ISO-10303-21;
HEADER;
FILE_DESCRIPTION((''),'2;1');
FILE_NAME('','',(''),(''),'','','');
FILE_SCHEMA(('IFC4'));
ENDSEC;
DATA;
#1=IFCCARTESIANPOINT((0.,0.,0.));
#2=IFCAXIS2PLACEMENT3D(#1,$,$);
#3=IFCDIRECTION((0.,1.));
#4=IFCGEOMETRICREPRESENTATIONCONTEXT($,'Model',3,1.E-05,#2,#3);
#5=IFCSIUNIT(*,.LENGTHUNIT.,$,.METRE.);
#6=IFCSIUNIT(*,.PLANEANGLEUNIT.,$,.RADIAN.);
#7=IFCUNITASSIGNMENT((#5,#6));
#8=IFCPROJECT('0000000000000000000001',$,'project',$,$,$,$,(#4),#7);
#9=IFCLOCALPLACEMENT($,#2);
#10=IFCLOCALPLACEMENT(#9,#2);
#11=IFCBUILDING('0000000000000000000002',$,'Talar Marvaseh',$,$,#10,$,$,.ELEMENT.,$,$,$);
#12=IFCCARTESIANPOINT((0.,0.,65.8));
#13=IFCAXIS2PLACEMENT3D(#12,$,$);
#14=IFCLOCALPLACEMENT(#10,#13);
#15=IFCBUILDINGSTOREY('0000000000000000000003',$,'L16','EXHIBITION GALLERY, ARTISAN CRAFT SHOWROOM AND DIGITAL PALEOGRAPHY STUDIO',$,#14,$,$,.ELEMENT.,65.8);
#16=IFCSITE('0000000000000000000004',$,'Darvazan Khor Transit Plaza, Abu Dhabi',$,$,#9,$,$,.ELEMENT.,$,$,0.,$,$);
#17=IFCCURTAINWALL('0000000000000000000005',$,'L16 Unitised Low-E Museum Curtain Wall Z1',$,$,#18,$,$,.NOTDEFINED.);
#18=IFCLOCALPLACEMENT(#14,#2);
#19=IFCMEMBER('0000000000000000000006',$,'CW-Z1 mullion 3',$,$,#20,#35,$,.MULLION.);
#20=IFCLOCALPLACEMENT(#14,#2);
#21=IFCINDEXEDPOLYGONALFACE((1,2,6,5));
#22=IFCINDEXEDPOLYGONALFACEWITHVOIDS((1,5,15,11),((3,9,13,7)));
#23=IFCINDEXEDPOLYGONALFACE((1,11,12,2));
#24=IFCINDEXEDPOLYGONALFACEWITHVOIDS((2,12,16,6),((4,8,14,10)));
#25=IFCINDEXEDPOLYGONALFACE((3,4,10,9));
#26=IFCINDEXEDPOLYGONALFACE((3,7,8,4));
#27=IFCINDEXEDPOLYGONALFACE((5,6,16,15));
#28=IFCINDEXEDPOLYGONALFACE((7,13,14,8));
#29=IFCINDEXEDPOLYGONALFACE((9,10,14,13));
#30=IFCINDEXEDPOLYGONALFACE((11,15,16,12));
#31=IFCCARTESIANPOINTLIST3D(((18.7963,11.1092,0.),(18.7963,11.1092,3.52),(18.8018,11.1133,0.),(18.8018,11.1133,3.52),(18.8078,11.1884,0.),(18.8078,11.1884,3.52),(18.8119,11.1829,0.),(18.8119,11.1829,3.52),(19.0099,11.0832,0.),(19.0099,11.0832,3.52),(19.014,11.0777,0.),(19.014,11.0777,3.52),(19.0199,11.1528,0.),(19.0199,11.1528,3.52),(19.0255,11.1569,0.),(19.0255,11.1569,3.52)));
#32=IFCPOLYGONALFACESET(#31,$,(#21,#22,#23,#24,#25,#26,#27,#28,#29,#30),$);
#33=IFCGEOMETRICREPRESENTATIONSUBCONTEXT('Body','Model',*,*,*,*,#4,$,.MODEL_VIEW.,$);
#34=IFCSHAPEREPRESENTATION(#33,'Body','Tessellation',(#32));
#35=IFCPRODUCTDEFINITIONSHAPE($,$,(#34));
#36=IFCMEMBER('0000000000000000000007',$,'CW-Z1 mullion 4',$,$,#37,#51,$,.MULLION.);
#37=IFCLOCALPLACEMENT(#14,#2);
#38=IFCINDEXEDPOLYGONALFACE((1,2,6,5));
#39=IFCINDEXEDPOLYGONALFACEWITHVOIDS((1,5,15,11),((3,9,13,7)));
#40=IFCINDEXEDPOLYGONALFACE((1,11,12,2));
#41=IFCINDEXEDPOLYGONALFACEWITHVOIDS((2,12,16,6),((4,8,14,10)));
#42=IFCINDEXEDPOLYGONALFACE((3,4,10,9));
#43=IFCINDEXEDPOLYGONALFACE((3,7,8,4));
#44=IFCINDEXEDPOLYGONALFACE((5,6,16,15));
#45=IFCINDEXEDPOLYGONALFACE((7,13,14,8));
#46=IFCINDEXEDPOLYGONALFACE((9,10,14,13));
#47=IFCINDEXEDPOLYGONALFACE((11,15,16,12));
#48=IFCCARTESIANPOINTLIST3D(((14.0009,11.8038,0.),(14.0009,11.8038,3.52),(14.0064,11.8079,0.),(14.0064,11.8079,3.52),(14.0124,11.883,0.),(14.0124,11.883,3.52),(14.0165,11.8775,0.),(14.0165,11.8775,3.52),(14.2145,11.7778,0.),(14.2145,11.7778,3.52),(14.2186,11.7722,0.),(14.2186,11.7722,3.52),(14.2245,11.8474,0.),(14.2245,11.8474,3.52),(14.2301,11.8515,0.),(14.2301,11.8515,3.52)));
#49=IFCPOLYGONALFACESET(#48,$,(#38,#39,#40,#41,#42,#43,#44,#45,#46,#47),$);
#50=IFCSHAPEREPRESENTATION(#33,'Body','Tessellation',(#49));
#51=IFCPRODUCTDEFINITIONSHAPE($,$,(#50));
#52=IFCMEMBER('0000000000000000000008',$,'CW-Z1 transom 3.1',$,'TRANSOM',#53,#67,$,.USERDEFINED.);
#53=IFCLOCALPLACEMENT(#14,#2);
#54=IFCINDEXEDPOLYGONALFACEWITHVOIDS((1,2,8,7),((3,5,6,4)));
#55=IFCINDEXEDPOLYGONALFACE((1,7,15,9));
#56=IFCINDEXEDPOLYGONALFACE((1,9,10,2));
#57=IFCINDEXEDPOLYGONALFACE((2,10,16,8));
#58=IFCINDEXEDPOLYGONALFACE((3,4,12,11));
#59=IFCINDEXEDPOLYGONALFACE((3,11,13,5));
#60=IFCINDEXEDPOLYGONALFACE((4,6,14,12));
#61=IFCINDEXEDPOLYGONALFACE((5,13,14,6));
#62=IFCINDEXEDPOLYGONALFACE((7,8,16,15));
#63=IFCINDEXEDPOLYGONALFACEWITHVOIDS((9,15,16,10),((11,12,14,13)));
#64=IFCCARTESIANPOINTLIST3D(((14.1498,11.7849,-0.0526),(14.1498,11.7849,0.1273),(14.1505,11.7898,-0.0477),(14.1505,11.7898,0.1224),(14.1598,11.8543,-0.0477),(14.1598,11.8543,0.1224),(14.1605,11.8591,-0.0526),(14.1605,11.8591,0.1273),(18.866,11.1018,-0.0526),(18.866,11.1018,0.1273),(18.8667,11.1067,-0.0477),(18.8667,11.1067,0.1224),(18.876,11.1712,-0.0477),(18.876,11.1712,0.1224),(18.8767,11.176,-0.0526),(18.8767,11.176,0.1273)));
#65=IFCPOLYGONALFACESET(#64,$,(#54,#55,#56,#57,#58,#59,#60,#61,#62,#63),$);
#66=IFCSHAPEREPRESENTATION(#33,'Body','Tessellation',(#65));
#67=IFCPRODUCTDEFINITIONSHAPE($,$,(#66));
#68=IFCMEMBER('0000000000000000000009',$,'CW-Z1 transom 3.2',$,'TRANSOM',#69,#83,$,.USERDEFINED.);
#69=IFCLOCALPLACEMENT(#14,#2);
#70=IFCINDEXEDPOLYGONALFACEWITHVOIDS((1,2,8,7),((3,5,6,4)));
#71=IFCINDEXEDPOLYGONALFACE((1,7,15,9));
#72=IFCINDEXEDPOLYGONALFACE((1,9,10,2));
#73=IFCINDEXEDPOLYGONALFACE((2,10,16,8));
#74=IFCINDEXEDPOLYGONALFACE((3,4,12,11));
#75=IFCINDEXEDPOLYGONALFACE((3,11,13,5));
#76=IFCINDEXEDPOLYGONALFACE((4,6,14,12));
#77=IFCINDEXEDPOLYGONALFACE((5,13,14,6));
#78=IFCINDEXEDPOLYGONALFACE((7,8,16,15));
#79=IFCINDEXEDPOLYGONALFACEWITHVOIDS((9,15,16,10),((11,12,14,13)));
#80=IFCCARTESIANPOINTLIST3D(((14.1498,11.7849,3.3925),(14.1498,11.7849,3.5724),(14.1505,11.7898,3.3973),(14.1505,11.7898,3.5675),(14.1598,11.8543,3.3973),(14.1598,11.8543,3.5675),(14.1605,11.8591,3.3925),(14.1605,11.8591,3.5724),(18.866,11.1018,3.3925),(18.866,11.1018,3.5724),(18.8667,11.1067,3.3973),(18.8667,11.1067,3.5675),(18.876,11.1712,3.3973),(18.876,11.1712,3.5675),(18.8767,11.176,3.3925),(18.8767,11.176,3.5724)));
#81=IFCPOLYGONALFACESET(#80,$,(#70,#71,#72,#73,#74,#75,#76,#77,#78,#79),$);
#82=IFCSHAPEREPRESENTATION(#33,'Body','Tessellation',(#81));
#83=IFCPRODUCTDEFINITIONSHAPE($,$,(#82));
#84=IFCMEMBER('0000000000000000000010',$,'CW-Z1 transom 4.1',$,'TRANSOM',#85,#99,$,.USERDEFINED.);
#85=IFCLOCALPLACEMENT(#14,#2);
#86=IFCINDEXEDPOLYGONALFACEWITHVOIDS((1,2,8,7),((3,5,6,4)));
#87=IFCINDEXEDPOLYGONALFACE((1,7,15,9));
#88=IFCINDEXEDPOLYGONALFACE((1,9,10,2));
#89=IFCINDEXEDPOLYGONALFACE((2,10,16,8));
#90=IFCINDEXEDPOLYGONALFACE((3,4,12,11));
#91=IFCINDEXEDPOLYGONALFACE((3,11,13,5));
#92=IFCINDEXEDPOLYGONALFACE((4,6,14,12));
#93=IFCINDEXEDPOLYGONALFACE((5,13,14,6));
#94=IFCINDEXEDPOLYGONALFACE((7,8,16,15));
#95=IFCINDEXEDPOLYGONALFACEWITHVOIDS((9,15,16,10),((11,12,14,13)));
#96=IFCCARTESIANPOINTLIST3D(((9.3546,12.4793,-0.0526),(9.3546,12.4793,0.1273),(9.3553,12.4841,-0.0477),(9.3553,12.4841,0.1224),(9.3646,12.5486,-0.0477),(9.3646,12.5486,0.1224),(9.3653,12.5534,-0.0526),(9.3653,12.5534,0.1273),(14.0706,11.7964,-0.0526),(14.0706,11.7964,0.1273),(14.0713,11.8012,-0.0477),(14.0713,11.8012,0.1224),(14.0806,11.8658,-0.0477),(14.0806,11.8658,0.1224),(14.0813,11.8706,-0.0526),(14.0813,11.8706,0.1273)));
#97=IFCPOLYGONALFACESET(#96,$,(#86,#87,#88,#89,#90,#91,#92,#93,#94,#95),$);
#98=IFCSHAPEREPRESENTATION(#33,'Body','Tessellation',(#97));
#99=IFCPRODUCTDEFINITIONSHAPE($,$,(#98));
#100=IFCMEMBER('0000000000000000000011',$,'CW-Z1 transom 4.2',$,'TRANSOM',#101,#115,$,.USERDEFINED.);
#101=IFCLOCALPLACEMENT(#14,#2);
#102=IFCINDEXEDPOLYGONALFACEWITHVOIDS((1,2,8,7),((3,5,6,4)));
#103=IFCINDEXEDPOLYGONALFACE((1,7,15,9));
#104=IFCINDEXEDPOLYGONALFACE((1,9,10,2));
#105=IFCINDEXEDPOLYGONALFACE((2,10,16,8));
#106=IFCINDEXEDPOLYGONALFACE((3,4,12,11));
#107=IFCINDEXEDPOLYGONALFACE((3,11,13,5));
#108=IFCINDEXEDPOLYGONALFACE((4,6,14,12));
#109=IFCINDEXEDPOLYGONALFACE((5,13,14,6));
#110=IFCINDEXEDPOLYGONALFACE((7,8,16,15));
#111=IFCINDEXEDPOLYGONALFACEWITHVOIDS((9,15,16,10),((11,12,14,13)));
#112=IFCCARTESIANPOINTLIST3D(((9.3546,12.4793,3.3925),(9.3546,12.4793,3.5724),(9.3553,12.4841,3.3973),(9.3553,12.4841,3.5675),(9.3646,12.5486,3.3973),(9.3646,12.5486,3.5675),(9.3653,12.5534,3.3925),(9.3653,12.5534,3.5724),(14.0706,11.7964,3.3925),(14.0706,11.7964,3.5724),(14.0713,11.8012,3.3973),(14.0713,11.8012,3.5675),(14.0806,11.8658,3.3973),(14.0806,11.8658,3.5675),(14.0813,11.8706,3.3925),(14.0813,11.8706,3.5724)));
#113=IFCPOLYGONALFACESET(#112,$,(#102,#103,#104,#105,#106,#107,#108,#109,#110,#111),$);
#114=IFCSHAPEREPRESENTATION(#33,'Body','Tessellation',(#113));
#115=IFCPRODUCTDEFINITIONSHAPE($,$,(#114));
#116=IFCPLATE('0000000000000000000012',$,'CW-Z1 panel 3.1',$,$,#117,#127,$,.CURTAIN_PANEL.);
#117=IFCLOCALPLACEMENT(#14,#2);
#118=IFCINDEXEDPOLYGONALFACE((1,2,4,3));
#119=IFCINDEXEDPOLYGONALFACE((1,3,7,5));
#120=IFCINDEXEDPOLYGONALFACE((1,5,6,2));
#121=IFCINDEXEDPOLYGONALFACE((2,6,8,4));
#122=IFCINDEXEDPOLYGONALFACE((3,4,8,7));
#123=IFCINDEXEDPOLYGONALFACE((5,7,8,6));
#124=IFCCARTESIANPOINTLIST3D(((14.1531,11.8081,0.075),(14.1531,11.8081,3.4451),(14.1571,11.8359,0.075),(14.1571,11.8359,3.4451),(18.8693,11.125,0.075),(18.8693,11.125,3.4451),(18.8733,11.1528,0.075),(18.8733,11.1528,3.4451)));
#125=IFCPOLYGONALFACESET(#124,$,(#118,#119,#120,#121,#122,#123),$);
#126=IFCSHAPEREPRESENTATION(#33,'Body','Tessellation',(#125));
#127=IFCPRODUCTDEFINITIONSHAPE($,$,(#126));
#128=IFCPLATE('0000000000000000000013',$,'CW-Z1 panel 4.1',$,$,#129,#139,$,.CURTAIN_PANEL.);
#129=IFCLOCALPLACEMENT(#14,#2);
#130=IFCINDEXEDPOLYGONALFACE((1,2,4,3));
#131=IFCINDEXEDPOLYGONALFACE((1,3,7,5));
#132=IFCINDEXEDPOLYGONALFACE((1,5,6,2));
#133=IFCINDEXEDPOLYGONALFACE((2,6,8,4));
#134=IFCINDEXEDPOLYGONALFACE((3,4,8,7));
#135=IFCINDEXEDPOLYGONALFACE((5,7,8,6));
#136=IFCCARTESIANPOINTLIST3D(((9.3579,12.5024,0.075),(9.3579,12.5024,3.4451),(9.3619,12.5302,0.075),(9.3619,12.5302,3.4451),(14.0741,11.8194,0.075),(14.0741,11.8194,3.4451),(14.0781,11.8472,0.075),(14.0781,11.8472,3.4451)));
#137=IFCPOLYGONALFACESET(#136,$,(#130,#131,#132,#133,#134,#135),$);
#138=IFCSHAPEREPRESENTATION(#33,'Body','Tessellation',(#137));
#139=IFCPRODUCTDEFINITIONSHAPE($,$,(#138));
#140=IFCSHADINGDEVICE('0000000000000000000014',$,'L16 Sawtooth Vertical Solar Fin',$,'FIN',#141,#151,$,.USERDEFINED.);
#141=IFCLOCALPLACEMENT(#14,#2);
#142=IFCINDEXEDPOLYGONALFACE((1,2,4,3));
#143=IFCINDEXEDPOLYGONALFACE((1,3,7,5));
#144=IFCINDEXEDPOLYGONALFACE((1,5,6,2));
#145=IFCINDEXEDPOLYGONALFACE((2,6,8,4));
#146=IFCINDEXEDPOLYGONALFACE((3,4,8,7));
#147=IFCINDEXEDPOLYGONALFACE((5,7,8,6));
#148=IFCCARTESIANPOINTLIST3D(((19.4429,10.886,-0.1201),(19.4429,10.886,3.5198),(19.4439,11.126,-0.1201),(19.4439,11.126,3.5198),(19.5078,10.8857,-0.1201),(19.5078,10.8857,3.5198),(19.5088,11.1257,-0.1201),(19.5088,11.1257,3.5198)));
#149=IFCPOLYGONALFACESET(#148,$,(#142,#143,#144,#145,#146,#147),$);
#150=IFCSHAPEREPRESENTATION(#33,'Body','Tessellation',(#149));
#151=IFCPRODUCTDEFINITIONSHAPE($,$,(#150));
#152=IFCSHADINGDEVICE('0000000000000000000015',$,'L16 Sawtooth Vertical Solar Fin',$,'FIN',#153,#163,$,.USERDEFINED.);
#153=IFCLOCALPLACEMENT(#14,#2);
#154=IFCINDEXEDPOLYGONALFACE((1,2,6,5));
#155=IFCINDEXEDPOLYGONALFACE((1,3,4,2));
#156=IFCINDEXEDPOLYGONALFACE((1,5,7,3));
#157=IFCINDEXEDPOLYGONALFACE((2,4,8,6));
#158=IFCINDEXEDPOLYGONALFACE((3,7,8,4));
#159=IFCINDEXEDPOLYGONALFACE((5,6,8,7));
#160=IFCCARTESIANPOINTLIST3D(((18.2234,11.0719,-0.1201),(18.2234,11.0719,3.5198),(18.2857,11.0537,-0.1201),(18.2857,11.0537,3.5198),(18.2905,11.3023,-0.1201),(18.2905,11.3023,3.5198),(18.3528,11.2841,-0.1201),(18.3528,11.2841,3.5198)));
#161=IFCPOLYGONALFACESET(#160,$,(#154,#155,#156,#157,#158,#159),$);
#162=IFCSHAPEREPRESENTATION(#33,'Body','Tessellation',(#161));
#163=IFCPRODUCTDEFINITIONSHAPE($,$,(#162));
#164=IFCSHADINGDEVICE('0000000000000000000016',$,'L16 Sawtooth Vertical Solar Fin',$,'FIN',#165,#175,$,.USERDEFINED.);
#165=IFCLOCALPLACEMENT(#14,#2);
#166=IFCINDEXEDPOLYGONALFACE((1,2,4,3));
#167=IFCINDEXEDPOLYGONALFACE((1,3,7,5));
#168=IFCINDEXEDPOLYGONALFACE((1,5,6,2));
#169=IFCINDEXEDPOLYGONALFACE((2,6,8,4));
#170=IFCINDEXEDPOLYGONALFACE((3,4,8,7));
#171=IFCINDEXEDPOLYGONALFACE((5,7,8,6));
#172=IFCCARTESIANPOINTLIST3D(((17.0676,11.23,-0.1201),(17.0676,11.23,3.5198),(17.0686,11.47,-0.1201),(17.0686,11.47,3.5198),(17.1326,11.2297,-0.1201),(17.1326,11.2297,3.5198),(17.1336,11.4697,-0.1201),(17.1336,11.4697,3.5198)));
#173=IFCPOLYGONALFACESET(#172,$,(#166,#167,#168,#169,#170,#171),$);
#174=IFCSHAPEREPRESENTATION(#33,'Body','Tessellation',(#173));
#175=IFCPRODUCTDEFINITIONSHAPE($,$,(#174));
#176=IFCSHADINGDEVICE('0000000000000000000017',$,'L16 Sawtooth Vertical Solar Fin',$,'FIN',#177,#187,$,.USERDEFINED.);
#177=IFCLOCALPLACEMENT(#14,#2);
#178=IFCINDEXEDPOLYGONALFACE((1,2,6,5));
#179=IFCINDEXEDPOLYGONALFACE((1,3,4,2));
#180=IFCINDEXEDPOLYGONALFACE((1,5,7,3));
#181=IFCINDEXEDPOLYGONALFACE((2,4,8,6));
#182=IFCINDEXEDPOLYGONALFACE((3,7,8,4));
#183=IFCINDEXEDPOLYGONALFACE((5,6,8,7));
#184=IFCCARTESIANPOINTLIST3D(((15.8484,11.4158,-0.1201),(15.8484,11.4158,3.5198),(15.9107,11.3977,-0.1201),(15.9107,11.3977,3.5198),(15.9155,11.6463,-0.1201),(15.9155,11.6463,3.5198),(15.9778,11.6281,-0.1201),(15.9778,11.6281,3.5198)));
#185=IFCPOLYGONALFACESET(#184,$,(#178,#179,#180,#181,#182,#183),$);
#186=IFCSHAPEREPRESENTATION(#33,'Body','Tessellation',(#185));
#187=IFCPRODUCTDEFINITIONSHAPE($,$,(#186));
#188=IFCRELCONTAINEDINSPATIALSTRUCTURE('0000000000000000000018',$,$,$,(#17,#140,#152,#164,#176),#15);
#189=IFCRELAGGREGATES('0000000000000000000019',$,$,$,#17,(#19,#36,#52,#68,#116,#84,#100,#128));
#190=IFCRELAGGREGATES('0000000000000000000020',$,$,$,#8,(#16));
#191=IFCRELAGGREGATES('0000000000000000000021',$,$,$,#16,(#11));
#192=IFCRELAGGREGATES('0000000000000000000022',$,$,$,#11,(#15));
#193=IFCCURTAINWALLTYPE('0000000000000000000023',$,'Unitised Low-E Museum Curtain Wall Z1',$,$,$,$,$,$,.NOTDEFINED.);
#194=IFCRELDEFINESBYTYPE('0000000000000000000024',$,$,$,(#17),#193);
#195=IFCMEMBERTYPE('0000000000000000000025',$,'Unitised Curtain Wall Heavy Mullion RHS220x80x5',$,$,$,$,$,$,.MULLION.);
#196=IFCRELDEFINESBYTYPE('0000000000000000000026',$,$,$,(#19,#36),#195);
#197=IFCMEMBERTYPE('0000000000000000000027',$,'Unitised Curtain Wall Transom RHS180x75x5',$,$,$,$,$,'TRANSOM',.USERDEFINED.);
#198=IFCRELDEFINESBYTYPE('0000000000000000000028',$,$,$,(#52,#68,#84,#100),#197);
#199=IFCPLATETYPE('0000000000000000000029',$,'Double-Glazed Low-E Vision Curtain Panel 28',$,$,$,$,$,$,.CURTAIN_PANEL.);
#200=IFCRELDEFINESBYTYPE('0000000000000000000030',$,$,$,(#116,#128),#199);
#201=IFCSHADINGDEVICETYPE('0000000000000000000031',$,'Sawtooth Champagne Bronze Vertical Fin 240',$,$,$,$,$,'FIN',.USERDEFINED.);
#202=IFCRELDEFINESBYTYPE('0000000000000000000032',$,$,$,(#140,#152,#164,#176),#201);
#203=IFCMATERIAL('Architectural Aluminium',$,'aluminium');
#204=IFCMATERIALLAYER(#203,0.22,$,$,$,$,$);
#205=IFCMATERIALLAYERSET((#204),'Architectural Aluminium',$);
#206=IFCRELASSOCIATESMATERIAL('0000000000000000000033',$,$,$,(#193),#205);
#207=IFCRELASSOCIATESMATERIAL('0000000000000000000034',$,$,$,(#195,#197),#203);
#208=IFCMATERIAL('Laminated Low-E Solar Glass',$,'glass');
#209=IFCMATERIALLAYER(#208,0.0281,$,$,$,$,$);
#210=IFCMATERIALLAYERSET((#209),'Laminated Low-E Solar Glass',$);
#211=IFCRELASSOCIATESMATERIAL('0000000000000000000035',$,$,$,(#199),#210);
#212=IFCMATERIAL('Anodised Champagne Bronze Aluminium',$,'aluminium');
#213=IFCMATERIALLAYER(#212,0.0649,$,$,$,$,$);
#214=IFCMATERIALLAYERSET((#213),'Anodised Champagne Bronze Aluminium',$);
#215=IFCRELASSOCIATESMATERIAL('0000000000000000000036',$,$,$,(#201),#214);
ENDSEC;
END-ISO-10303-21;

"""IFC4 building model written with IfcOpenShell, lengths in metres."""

from ifc_helpers import new_model, si_unit, direction, frame, origin, origin_2d, place, context, subcontext, project, spatial, rectangle, hollow_rectangle, extrude, source, transform, mapped, material, layer, layer_set, material_profile, profile_set, type_object, type_shapes, element, aggregate, save


model = new_model("IFC4")

# Units and contexts
model_context = context("Model", 3, precision=1e-05, world=origin(), true_north=direction((0.0, 1.0)))
body_context = subcontext(model_context, "Body", "Model", "MODEL_VIEW")
ifc_project = project(units=[si_unit("LENGTHUNIT", "METRE"), si_unit("PLANEANGLEUNIT", "RADIAN")], contexts=[model_context])

# Site, building, storey
site_placement = place(None, origin())
site = spatial("IfcSite", under=ifc_project, at=site_placement, Name="Darvazan Khor Transit Plaza, Abu Dhabi", CompositionType="ELEMENT", RefElevation=0.0)
building_placement = place(site_placement, origin())
building = spatial("IfcBuilding", under=site, at=building_placement, Name="Talar Marvaseh", CompositionType="ELEMENT")
storey_placement = place(building_placement, frame((0.0, 0.0, 65.8)))
storey = spatial("IfcBuildingStorey", under=building, at=storey_placement, Name="L16", Description="EXHIBITION GALLERY, ARTISAN CRAFT SHOWROOM AND DIGITAL PALEOGRAPHY STUDIO", CompositionType="ELEMENT", Elevation=65.8)

# Curtain wall, members, plates
ifc_material_1 = material(Name="Architectural Aluminium", Category="aluminium")
ifc_layer_1 = layer(ifc_material_1, 0.22)
ifc_layer_set_1 = layer_set([ifc_layer_1], Name="Architectural Aluminium")
curtain_wall_type = type_object("IfcCurtainWallType", Name="Unitised Low-E Museum Curtain Wall Z1", PredefinedType="NOTDEFINED", material=ifc_layer_set_1)
curtain_wall_placement = place(storey_placement, origin())
curtain_wall = element("IfcCurtainWall", 1, at=curtain_wall_placement, inside=storey, type_object=curtain_wall_type, Name="L16 Unitised Low-E Museum Curtain Wall Z1", PredefinedType="NOTDEFINED")
ifc_material_profile_1 = material_profile(ifc_material_1, hollow_rectangle(XDim=0.0801, YDim=0.22, WallThickness=0.0049, at=origin_2d()), Name="RHS220x80x5")
ifc_profile_set_1 = profile_set([ifc_material_profile_1], Name="Architectural Aluminium")
member_type_1 = type_object("IfcMemberType", Name="Unitised Curtain Wall Heavy Mullion RHS220x80x5", PredefinedType="MULLION", material=ifc_profile_set_1)
shared_shape_1 = source(origin(), body_context, "Body", "SweptSolid", [
    extrude(hollow_rectangle(XDim=0.0801, YDim=0.22, WallThickness=0.0049, at=origin_2d()), origin(), (0.0, 0.0, 1.0), 3.52),
])
type_shapes(member_type_1, [shared_shape_1])
member_1_placement = place(storey_placement, frame((18.9109, 11.1331, 0.0), z_axis=(0.0, 0.0, 1.0), x_axis=(-0.143338, -0.989674, 0.0)))
member_1 = element("IfcMember", 2, at=member_1_placement, type_object=member_type_1, Name="CW-Z1 mullion 3", PredefinedType="MULLION", context=body_context, shape_type="MappedRepresentation", body=[
    mapped(shared_shape_1, transform((0.0, 0.0, 0.0), x_axis=(1.0, 0.0, 0.0), y_axis=(0.0, 1.0, 0.0), z_axis=(0.0, 0.0, 1.0), scale=1.0)),
])
member_2_placement = place(storey_placement, frame((14.1155, 11.8276, 0.0), z_axis=(0.0, 0.0, 1.0), x_axis=(-0.143338, -0.989674, 0.0)))
member_2 = element("IfcMember", 3, at=member_2_placement, type_object=member_type_1, Name="CW-Z1 mullion 4", PredefinedType="MULLION", context=body_context, shape_type="MappedRepresentation", body=[
    mapped(shared_shape_1, transform((0.0, 0.0, 0.0), x_axis=(1.0, 0.0, 0.0), y_axis=(0.0, 1.0, 0.0), z_axis=(0.0, 0.0, 1.0), scale=1.0)),
])
ifc_material_profile_2 = material_profile(ifc_material_1, hollow_rectangle(XDim=0.075, YDim=0.1799, WallThickness=0.0049, at=origin_2d()), Name="RHS180x75x5")
ifc_profile_set_2 = profile_set([ifc_material_profile_2], Name="Architectural Aluminium")
member_type_2 = type_object("IfcMemberType", Name="Unitised Curtain Wall Transom RHS180x75x5", ElementType="TRANSOM", PredefinedType="USERDEFINED", material=ifc_profile_set_2)
shared_shape_2 = source(origin(), body_context, "Body", "SweptSolid", [
    extrude(hollow_rectangle(XDim=0.075, YDim=0.1799, WallThickness=0.0049, at=origin_2d()), origin(), (0.0, 0.0, 1.0), 4.7654),
])
member_3_placement = place(storey_placement, frame((18.8713, 11.1389, 0.0374), z_axis=(-0.989672, 0.143351, 0.0), x_axis=(-0.143351, -0.989672, 0.0)))
member_3 = element("IfcMember", 4, at=member_3_placement, type_object=member_type_2, Name="CW-Z1 transom 3.1", ObjectType="TRANSOM", PredefinedType="USERDEFINED", context=body_context, shape_type="MappedRepresentation", body=[
    mapped(shared_shape_2, transform((0.0, 0.0, 0.0), x_axis=(1.0, 0.0, 0.0), y_axis=(0.0, 1.0, 0.0), z_axis=(0.0, 0.0, 1.0), scale=1.0)),
])
member_4_placement = place(storey_placement, frame((18.8713, 11.1389, 3.4824), z_axis=(-0.989672, 0.143351, 0.0), x_axis=(-0.143351, -0.989672, 0.0)))
member_4 = element("IfcMember", 5, at=member_4_placement, type_object=member_type_2, Name="CW-Z1 transom 3.2", ObjectType="TRANSOM", PredefinedType="USERDEFINED", context=body_context, shape_type="MappedRepresentation", body=[
    mapped(shared_shape_2, transform((0.0, 0.0, 0.0), x_axis=(1.0, 0.0, 0.0), y_axis=(0.0, 1.0, 0.0), z_axis=(0.0, 0.0, 1.0), scale=1.0)),
])
shared_shape_3 = source(origin(), body_context, "Body", "SweptSolid", [
    extrude(hollow_rectangle(XDim=0.075, YDim=0.1799, WallThickness=0.0049, at=origin_2d()), origin(), (0.0, 0.0, 1.0), 4.7651),
])
type_shapes(member_type_2, [shared_shape_2, shared_shape_3])
member_5_placement = place(storey_placement, frame((14.0759, 11.8335, 0.0374), z_axis=(-0.989679, 0.1433, 0.0), x_axis=(-0.1433, -0.989679, 0.0)))
member_5 = element("IfcMember", 6, at=member_5_placement, type_object=member_type_2, Name="CW-Z1 transom 4.1", ObjectType="TRANSOM", PredefinedType="USERDEFINED", context=body_context, shape_type="MappedRepresentation", body=[
    mapped(shared_shape_3, transform((0.0, 0.0, 0.0), x_axis=(1.0, 0.0, 0.0), y_axis=(0.0, 1.0, 0.0), z_axis=(0.0, 0.0, 1.0), scale=1.0)),
])
member_6_placement = place(storey_placement, frame((14.0759, 11.8335, 3.4824), z_axis=(-0.989679, 0.1433, 0.0), x_axis=(-0.1433, -0.989679, 0.0)))
member_6 = element("IfcMember", 7, at=member_6_placement, type_object=member_type_2, Name="CW-Z1 transom 4.2", ObjectType="TRANSOM", PredefinedType="USERDEFINED", context=body_context, shape_type="MappedRepresentation", body=[
    mapped(shared_shape_3, transform((0.0, 0.0, 0.0), x_axis=(1.0, 0.0, 0.0), y_axis=(0.0, 1.0, 0.0), z_axis=(0.0, 0.0, 1.0), scale=1.0)),
])
ifc_material_2 = material(Name="Laminated Low-E Solar Glass", Category="glass")
ifc_layer_2 = layer(ifc_material_2, 0.0281)
ifc_layer_set_2 = layer_set([ifc_layer_2], Name="Laminated Low-E Solar Glass")
plate_type = type_object("IfcPlateType", Name="Double-Glazed Low-E Vision Curtain Panel 28", PredefinedType="CURTAIN_PANEL", material=ifc_layer_set_2)
shared_shape_4 = source(origin(), body_context, "Body", "SweptSolid", [
    extrude(rectangle(XDim=4.7654, YDim=0.0281, at=origin_2d()), origin(), (0.0, 0.0, 1.0), 3.3701),
])
type_shapes(plate_type, [shared_shape_4])
plate_1_placement = place(storey_placement, frame((16.5132, 11.4805, 0.075), z_axis=(0.0, 0.0, 1.0), x_axis=(-0.989674, 0.143338, 0.0)))
plate_1 = element("IfcPlate", 8, at=plate_1_placement, type_object=plate_type, Name="CW-Z1 panel 3.1", PredefinedType="CURTAIN_PANEL", context=body_context, shape_type="MappedRepresentation", body=[
    mapped(shared_shape_4, transform((0.0, 0.0, 0.0), x_axis=(1.0, 0.0, 0.0), y_axis=(0.0, 1.0, 0.0), z_axis=(0.0, 0.0, 1.0), scale=1.0)),
])
plate_2_placement = place(storey_placement, frame((11.718, 12.1748, 0.075), z_axis=(0.0, 0.0, 1.0), x_axis=(-0.989674, 0.143338, 0.0)))
plate_2 = element("IfcPlate", 9, at=plate_2_placement, type_object=plate_type, Name="CW-Z1 panel 4.1", PredefinedType="CURTAIN_PANEL", context=body_context, shape_type="MappedRepresentation", body=[
    mapped(shared_shape_4, transform((0.0, 0.0, 0.0), x_axis=(1.0, 0.0, 0.0), y_axis=(0.0, 1.0, 0.0), z_axis=(0.0, 0.0, 1.0), scale=1.0)),
])
aggregate(curtain_wall, [member_1, member_2, member_3, member_4, plate_1, member_5, member_6, plate_2])

# Shading devices
ifc_material_3 = material(Name="Anodised Champagne Bronze Aluminium", Category="aluminium")
ifc_layer_3 = layer(ifc_material_3, 0.0649)
ifc_layer_set_3 = layer_set([ifc_layer_3], Name="Anodised Champagne Bronze Aluminium")
shading_device_type = type_object("IfcShadingDeviceType", Name="Sawtooth Champagne Bronze Vertical Fin 240", ElementType="FIN", PredefinedType="USERDEFINED", material=ifc_layer_set_3)
shared_shape_5 = source(origin(), body_context, "Body", "SweptSolid", [
    extrude(rectangle(XDim=0.24, YDim=0.0649, at=origin_2d()), origin(), (0.0, 0.0, 1.0), 3.6399),
])
type_shapes(shading_device_type, [shared_shape_5])
for number, where, z_axis, x_axis, name in (
    (10, (19.4758, 11.0059, -0.1201), (0.0, 0.0, 1.0), (-0.004189, -0.999991, 0.0), "L16 Sawtooth Vertical Solar Fin"),
    (11, (18.2881, 11.178, -0.1201), (0.0, 0.0, 1.0), (-0.279661, -0.960099, 0.0), "L16 Sawtooth Vertical Solar Fin"),
    (12, (17.1006, 11.3499, -0.1201), (0.0, 0.0, 1.0), (-0.004189, -0.999991, 0.0), "L16 Sawtooth Vertical Solar Fin"),
    (13, (15.9131, 11.522, -0.1201), (0.0, 0.0, 1.0), (-0.279661, -0.960099, 0.0), "L16 Sawtooth Vertical Solar Fin"),
):
    element("IfcShadingDevice", number, at=place(storey_placement, frame(where, z_axis=z_axis, x_axis=x_axis)), inside=storey, type_object=shading_device_type, Name=name, ObjectType="FIN", PredefinedType="USERDEFINED", context=body_context, shape_type="MappedRepresentation", body=[
        mapped(shared_shape_5, transform((0.0, 0.0, 0.0), x_axis=(1.0, 0.0, 0.0), y_axis=(0.0, 1.0, 0.0), z_axis=(0.0, 0.0, 1.0), scale=1.0)),
    ])

save(model, "model.ifc")
